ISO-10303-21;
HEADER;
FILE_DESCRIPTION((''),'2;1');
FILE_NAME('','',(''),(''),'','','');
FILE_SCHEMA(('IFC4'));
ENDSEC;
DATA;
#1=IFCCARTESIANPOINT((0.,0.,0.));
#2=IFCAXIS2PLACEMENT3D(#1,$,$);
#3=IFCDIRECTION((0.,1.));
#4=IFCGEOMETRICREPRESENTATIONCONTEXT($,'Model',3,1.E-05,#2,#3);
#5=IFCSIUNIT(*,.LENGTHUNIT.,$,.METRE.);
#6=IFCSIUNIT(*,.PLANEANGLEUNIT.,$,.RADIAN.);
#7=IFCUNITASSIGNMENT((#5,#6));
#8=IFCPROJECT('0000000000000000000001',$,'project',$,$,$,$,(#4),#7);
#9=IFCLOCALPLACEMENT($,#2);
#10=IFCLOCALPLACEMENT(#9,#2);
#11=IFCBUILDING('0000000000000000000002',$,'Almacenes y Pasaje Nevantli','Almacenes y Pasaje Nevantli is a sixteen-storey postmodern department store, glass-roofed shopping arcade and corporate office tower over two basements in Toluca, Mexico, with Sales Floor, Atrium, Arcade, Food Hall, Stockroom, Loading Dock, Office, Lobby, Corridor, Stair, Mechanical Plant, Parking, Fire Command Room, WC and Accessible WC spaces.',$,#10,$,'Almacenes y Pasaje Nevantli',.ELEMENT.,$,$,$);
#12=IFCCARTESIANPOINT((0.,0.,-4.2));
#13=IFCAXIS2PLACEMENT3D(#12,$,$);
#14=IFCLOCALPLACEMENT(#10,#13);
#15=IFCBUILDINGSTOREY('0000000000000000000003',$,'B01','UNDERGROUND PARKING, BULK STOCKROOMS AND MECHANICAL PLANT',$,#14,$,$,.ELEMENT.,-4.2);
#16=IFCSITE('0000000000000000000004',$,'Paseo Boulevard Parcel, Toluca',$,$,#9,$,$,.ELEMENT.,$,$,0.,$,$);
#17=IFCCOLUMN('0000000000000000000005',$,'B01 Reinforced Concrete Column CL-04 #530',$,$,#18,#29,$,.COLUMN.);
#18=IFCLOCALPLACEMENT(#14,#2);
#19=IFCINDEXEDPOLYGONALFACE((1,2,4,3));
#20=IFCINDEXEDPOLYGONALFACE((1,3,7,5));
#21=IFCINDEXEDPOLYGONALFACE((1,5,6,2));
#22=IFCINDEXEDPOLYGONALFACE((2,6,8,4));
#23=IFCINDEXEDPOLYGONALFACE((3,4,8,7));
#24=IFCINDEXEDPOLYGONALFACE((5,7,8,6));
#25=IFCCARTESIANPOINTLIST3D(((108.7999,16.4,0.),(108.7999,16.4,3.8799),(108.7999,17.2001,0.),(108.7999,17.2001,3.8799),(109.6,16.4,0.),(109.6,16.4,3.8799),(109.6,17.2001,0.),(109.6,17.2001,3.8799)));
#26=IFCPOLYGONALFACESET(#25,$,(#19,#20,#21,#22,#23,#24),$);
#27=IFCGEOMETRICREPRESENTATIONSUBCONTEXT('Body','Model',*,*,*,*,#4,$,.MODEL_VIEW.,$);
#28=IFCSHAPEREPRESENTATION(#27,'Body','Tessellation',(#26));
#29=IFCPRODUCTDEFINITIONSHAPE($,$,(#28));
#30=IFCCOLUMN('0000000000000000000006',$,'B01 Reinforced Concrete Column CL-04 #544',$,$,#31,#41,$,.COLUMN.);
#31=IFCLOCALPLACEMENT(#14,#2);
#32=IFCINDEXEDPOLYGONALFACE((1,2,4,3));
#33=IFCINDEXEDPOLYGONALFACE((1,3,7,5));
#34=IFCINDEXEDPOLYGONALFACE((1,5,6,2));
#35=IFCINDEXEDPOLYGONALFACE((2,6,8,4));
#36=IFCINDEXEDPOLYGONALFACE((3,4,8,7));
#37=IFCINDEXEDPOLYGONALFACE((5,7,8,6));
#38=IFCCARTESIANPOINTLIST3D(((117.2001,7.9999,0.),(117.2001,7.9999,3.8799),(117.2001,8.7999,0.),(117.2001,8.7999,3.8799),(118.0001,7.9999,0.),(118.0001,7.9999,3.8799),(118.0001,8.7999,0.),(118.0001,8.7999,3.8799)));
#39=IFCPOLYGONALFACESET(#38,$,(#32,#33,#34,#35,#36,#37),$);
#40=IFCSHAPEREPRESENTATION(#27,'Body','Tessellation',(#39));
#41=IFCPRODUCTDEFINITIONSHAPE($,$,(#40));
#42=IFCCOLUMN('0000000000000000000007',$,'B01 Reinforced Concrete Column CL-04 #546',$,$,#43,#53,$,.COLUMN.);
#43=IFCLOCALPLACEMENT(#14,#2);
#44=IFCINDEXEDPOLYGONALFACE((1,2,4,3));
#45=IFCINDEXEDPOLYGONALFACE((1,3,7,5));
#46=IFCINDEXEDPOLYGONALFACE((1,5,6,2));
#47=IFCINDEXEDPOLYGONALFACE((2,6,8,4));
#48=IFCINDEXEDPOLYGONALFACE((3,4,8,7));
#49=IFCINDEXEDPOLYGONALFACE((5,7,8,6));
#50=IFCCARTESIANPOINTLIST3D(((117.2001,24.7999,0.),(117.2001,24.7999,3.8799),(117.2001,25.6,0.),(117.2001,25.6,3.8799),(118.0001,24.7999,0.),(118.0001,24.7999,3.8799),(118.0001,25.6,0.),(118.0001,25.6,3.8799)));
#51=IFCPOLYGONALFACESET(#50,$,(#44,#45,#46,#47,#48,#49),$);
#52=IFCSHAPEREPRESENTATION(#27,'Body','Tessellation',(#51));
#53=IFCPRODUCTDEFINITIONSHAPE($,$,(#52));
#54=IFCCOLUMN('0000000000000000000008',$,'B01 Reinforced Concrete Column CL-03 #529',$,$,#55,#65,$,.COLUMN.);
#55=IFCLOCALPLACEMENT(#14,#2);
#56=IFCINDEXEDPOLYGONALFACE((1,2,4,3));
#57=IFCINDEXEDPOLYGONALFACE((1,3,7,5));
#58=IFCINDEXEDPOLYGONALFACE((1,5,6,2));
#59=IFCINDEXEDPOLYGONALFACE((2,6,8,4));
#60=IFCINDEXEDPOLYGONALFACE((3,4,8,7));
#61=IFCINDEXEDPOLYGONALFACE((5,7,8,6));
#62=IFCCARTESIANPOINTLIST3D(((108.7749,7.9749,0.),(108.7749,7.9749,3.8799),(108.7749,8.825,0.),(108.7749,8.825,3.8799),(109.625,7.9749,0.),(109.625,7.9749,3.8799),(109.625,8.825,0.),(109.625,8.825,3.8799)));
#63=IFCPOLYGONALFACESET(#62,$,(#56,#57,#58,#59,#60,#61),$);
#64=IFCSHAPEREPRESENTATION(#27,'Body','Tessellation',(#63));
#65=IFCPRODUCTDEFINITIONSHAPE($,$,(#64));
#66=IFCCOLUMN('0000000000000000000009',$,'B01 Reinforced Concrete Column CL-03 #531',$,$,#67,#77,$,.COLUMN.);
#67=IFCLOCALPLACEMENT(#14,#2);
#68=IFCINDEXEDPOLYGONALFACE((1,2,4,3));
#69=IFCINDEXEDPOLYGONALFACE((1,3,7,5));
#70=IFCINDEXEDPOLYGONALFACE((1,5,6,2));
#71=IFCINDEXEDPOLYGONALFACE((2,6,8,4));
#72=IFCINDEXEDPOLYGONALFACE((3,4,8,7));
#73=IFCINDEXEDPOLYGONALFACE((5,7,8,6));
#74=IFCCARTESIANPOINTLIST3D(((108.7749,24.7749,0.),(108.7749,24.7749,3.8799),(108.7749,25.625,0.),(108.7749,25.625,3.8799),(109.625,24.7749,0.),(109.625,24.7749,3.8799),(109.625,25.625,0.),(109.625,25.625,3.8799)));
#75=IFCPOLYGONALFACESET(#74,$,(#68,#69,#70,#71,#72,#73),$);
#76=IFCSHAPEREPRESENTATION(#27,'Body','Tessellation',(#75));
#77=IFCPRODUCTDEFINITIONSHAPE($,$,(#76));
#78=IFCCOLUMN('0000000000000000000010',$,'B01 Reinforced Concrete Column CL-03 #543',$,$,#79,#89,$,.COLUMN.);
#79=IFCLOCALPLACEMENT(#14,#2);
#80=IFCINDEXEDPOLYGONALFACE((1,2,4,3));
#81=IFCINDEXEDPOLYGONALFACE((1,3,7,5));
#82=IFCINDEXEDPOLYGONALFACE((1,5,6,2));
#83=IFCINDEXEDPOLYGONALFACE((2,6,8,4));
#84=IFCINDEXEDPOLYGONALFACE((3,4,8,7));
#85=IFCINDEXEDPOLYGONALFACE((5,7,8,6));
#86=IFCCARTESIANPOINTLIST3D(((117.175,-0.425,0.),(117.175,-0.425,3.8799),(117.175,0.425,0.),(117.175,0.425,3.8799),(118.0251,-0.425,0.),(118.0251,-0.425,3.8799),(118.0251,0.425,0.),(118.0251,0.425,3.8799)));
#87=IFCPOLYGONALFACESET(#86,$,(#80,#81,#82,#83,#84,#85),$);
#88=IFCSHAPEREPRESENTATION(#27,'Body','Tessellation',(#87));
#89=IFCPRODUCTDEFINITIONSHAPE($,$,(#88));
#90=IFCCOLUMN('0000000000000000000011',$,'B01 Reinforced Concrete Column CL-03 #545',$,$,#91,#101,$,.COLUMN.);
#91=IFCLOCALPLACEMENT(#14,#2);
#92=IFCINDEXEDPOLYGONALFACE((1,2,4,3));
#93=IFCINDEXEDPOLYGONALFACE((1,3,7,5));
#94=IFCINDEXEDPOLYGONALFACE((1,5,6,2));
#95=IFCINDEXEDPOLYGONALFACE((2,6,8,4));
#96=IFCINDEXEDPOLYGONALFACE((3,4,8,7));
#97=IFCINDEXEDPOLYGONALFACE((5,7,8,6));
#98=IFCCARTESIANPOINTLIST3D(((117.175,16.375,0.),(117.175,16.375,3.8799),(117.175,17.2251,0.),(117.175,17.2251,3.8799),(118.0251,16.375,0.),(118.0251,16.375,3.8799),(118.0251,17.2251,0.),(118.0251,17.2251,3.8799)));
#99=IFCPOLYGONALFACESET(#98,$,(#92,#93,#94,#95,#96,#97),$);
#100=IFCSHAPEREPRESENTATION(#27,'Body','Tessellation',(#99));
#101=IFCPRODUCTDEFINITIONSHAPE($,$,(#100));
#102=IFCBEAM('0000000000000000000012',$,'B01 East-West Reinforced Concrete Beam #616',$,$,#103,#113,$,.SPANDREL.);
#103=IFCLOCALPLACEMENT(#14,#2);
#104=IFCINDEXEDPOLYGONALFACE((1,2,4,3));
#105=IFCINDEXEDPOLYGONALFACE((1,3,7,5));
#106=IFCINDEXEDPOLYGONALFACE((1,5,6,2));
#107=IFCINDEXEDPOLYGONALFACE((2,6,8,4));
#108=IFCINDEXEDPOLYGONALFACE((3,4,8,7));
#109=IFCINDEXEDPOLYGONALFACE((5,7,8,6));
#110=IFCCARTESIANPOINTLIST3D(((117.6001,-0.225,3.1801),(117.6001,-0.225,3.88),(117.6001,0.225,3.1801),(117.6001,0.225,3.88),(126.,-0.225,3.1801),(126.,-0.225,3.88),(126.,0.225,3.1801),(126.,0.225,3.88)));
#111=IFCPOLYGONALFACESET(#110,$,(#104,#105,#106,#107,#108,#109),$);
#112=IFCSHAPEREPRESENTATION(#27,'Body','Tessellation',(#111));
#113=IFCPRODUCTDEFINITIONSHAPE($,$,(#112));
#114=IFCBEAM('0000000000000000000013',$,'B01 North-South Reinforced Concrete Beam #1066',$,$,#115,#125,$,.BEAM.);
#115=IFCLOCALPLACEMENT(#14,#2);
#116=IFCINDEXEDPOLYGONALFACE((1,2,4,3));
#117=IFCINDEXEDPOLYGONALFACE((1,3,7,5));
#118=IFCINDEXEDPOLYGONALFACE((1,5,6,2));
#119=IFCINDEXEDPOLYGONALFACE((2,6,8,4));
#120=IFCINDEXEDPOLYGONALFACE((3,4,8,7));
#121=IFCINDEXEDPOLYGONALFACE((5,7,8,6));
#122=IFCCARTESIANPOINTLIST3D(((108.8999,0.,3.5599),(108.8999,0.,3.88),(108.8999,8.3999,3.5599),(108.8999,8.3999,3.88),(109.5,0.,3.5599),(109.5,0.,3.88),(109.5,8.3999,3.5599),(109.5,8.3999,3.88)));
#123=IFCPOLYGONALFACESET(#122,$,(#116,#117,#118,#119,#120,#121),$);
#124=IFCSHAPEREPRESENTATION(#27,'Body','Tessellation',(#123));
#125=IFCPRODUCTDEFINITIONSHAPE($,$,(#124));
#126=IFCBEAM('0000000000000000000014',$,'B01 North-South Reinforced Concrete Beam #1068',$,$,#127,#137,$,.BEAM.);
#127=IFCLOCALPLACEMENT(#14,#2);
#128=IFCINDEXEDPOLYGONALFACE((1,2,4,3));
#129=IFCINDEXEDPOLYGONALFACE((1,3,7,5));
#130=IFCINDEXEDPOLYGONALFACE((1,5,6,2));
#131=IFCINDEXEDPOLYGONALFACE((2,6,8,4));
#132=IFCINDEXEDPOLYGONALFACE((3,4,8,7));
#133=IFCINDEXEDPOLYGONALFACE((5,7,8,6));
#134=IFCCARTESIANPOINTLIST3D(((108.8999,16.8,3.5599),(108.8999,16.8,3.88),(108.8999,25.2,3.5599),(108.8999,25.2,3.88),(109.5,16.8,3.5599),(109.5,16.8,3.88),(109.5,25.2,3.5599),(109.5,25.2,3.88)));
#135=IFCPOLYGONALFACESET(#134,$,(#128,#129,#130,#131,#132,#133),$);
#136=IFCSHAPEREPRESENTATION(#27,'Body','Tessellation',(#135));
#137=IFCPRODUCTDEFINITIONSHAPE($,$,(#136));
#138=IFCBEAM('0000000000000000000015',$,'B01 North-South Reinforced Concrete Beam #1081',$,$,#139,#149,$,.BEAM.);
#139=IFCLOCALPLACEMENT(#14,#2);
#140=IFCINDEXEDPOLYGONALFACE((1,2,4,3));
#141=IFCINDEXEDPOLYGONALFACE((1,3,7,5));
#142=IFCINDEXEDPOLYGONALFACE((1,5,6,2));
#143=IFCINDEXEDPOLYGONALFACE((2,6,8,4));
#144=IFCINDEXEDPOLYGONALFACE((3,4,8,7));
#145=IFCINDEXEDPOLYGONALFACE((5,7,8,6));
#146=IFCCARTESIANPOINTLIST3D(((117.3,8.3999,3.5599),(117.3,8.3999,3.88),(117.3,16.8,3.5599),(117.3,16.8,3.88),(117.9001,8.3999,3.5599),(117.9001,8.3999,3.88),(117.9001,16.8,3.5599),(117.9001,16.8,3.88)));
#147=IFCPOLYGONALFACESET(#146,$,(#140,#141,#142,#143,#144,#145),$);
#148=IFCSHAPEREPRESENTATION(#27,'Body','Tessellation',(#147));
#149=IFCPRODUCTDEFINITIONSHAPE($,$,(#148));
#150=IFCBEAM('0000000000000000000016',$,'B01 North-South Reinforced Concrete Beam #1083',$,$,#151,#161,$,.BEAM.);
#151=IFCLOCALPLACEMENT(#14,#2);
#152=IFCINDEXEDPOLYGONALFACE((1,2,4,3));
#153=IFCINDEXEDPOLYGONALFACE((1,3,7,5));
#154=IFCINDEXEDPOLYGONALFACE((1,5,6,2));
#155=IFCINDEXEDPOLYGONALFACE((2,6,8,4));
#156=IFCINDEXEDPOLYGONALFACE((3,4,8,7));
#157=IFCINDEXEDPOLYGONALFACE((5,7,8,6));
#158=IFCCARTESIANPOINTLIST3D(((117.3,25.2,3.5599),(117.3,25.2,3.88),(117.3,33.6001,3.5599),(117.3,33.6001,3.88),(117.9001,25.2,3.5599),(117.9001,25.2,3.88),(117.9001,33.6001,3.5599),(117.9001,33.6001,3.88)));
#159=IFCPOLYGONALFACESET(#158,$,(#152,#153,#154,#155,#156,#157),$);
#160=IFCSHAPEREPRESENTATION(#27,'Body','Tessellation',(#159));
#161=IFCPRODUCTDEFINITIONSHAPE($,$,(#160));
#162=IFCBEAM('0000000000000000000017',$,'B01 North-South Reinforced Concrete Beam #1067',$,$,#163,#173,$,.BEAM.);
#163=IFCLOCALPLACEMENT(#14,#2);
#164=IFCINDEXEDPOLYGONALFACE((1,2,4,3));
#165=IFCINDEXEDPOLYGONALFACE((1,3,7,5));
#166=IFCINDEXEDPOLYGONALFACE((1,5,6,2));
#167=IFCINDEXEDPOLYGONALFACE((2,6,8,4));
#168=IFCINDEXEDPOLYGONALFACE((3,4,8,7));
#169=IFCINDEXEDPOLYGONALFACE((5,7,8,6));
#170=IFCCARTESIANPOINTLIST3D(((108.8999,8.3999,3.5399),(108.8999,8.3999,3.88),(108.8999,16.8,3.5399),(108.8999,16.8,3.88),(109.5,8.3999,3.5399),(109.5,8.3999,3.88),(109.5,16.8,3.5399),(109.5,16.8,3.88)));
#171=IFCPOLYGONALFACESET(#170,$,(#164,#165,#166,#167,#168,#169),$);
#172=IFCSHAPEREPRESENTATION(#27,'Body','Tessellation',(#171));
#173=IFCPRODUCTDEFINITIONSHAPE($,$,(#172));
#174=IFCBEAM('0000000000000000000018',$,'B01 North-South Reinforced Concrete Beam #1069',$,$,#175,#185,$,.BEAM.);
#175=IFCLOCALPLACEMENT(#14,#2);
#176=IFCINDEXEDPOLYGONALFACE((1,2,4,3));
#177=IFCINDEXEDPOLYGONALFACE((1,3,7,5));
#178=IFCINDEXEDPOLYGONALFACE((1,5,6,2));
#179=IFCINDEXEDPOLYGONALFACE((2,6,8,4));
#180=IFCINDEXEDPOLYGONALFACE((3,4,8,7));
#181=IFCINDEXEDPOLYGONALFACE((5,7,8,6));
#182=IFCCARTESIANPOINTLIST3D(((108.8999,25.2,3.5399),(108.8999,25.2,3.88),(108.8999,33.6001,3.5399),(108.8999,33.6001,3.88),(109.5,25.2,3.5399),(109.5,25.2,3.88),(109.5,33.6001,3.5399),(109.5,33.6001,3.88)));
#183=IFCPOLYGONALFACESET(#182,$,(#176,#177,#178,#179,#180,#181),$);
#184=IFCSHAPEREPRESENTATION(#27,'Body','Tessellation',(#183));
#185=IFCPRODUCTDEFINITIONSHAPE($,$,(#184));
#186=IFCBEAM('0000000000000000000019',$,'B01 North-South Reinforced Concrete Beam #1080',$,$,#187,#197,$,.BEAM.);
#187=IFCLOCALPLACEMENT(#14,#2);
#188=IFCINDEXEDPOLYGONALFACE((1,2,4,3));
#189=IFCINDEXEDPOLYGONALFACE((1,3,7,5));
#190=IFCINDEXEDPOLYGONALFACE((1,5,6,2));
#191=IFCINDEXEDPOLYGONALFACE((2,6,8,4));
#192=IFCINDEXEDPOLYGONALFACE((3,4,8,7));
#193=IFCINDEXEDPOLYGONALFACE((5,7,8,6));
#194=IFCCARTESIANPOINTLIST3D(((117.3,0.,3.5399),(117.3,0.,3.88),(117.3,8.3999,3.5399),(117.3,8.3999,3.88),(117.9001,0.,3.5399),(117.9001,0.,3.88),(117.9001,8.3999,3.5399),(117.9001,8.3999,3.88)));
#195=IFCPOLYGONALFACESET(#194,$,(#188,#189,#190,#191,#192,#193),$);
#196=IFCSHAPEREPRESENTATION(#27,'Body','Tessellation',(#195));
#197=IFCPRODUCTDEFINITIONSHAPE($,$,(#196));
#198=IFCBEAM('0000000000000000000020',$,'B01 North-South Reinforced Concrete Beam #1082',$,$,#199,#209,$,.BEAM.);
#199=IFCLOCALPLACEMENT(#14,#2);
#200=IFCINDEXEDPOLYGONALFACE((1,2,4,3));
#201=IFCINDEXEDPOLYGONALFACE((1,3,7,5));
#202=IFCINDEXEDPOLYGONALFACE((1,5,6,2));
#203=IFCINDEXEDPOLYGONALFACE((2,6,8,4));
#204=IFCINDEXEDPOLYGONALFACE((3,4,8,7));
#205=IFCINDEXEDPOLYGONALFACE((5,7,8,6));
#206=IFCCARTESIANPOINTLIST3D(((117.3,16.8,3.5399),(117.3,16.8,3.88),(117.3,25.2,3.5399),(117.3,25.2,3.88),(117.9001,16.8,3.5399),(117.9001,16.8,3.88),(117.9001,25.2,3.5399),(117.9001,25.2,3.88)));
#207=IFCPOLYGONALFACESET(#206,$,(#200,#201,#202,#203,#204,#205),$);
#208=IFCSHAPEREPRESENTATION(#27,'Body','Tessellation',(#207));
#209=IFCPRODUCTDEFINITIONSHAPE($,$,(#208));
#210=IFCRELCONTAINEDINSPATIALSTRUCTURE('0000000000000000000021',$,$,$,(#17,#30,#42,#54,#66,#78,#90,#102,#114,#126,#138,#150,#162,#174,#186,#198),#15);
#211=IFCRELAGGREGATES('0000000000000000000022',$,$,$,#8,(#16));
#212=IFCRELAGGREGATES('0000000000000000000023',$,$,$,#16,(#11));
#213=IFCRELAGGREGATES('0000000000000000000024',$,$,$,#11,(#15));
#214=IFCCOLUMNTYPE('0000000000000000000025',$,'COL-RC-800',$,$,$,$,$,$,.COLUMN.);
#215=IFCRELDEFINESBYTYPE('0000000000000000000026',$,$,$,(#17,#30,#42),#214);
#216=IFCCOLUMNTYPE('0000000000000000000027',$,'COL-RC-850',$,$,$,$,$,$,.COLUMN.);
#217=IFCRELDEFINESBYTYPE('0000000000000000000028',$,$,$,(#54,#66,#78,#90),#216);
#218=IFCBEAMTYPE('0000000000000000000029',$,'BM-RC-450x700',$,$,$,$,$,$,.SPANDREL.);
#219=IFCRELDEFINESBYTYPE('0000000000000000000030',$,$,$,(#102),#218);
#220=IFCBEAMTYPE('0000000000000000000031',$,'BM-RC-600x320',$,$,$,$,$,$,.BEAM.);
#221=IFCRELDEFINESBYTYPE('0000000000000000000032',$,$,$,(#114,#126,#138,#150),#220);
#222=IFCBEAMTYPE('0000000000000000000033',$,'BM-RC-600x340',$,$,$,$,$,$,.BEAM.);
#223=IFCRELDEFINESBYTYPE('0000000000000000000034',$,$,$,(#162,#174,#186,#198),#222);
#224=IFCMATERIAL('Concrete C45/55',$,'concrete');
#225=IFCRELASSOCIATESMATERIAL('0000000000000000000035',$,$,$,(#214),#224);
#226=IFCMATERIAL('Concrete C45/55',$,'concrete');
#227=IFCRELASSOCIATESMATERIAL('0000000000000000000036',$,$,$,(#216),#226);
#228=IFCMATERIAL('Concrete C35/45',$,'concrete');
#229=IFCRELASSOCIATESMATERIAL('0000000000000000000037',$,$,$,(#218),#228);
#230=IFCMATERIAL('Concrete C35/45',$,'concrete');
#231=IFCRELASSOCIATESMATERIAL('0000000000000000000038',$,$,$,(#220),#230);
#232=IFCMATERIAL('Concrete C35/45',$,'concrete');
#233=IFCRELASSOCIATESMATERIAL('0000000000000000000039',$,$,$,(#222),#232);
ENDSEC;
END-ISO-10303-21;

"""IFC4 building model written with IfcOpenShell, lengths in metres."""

from ifc_helpers import new_model, si_unit, direction, frame, origin, origin_2d, place, context, subcontext, project, spatial, rectangle, extrude, material, material_profile, profile_set, type_object, element, save


model = new_model("IFC4")

# Units and contexts
model_context = context("Model", 3, precision=1e-05, world=origin(), true_north=direction((0.0, 1.0)))
body_context = subcontext(model_context, "Body", "Model", "MODEL_VIEW")
ifc_project = project(units=[si_unit("LENGTHUNIT", "METRE"), si_unit("PLANEANGLEUNIT", "RADIAN")], contexts=[model_context])

# Site, building, storey
site_placement = place(None, origin())
site = spatial("IfcSite", under=ifc_project, at=site_placement, Name="Paseo Boulevard Parcel, Toluca", CompositionType="ELEMENT", RefElevation=0.0)
building_placement = place(site_placement, origin())
building = spatial("IfcBuilding", under=site, at=building_placement, Name="Almacenes y Pasaje Nevantli", Description="Almacenes y Pasaje Nevantli is a sixteen-storey postmodern department store, glass-roofed shopping arcade and corporate office tower over two basements in Toluca, Mexico, with Sales Floor, Atrium, Arcade, Food Hall, Stockroom, Loading Dock, Office, Lobby, Corridor, Stair, Mechanical Plant, Parking, Fire Command Room, WC and Accessible WC spaces.", LongName="Almacenes y Pasaje Nevantli", CompositionType="ELEMENT")
storey_placement = place(building_placement, frame((0.0, 0.0, -4.2)))
storey = spatial("IfcBuildingStorey", under=building, at=storey_placement, Name="B01", Description="UNDERGROUND PARKING, BULK STOCKROOMS AND MECHANICAL PLANT", CompositionType="ELEMENT", Elevation=-4.2)

# Columns
ifc_material_1 = material(Name="Concrete C45/55", Category="concrete")
ifc_material_profile_1 = material_profile(ifc_material_1, rectangle(XDim=0.8, YDim=0.8, at=origin_2d()), Name="RC-COL-800x800")
ifc_profile_set_1 = profile_set([ifc_material_profile_1], Name="Concrete C45/55")
column_type_1 = type_object("IfcColumnType", Name="COL-RC-800", PredefinedType="COLUMN", material=ifc_profile_set_1)
for number, where, z_axis, x_axis, name in (
    (1, (109.2, 16.8, 0.0), (0.0, 0.0, 1.0), (1.0, 0.0, 0.0), "B01 Reinforced Concrete Column CL-04 #530"),
    (2, (117.6001, 8.3999, 0.0), (0.0, 0.0, 1.0), (1.0, 0.0, 0.0), "B01 Reinforced Concrete Column CL-04 #544"),
    (3, (117.6001, 25.2, 0.0), (0.0, 0.0, 1.0), (1.0, 0.0, 0.0), "B01 Reinforced Concrete Column CL-04 #546"),
):
    element("IfcColumn", number, at=place(storey_placement, frame(where, z_axis=z_axis, x_axis=x_axis)), inside=storey, type_object=column_type_1, Name=name, PredefinedType="COLUMN", context=body_context, shape_type="SweptSolid", body=[
        extrude(rectangle(XDim=0.8, YDim=0.8, at=origin_2d()), origin(), (0.0, 0.0, 1.0), 3.8799),
    ])
ifc_material_2 = material(Name="Concrete C45/55", Category="concrete")
ifc_material_profile_2 = material_profile(ifc_material_2, rectangle(XDim=0.8501, YDim=0.8501, at=origin_2d()), Name="RC-COL-850x850")
ifc_profile_set_2 = profile_set([ifc_material_profile_2], Name="Concrete C45/55")
column_type_2 = type_object("IfcColumnType", Name="COL-RC-850", PredefinedType="COLUMN", material=ifc_profile_set_2)
for number, where, z_axis, x_axis, name in (
    (4, (109.2, 8.3999, 0.0), (0.0, 0.0, 1.0), (1.0, 0.0, 0.0), "B01 Reinforced Concrete Column CL-03 #529"),
    (5, (109.2, 25.2, 0.0), (0.0, 0.0, 1.0), (1.0, 0.0, 0.0), "B01 Reinforced Concrete Column CL-03 #531"),
    (6, (117.6001, 0.0, 0.0), (0.0, 0.0, 1.0), (1.0, 0.0, 0.0), "B01 Reinforced Concrete Column CL-03 #543"),
    (7, (117.6001, 16.8, 0.0), (0.0, 0.0, 1.0), (1.0, 0.0, 0.0), "B01 Reinforced Concrete Column CL-03 #545"),
):
    element("IfcColumn", number, at=place(storey_placement, frame(where, z_axis=z_axis, x_axis=x_axis)), inside=storey, type_object=column_type_2, Name=name, PredefinedType="COLUMN", context=body_context, shape_type="SweptSolid", body=[
        extrude(rectangle(XDim=0.8501, YDim=0.8501, at=origin_2d()), origin(), (0.0, 0.0, 1.0), 3.8799),
    ])

# Beams
ifc_material_3 = material(Name="Concrete C35/45", Category="concrete")
ifc_material_profile_3 = material_profile(ifc_material_3, rectangle(XDim=0.45, YDim=0.7, at=origin_2d()), Name="RC-BM-450x700")
ifc_profile_set_3 = profile_set([ifc_material_profile_3], Name="Concrete C35/45")
beam_type_1 = type_object("IfcBeamType", Name="BM-RC-450x700", PredefinedType="SPANDREL", material=ifc_profile_set_3)
beam_1_placement = place(storey_placement, frame((117.6001, 0.0, 3.53), z_axis=(1.0, 0.0, 0.0), x_axis=(0.0, 1.0, 0.0)))
element("IfcBeam", 8, at=beam_1_placement, inside=storey, type_object=beam_type_1, Name="B01 East-West Reinforced Concrete Beam #616", PredefinedType="SPANDREL", context=body_context, shape_type="SweptSolid", body=[
    extrude(rectangle(XDim=0.45, YDim=0.7, at=origin_2d()), origin(), (0.0, 0.0, 1.0), 8.3999),
])
ifc_material_4 = material(Name="Concrete C35/45", Category="concrete")
ifc_material_profile_4 = material_profile(ifc_material_4, rectangle(XDim=0.6001, YDim=0.3201, at=origin_2d()), Name="RC-BM-600x320")
ifc_profile_set_4 = profile_set([ifc_material_profile_4], Name="Concrete C35/45")
beam_type_2 = type_object("IfcBeamType", Name="BM-RC-600x320", PredefinedType="BEAM", material=ifc_profile_set_4)
for number, where, z_axis, x_axis, name in (
    (9, (109.2, 0.0, 3.72), (0.0, 1.0, 0.0), (-1.0, 0.0, 0.0), "B01 North-South Reinforced Concrete Beam #1066"),
    (10, (109.2, 16.8, 3.72), (0.0, 1.0, 0.0), (-1.0, 0.0, 0.0), "B01 North-South Reinforced Concrete Beam #1068"),
):
    element("IfcBeam", number, at=place(storey_placement, frame(where, z_axis=z_axis, x_axis=x_axis)), inside=storey, type_object=beam_type_2, Name=name, PredefinedType="BEAM", context=body_context, shape_type="SweptSolid", body=[
        extrude(rectangle(XDim=0.6001, YDim=0.3201, at=origin_2d()), origin(), (0.0, 0.0, 1.0), 8.3999),
    ])
for number, where, z_axis, x_axis, name in (
    (11, (117.6001, 8.3999, 3.72), (0.0, 1.0, 0.0), (-1.0, 0.0, 0.0), "B01 North-South Reinforced Concrete Beam #1081"),
    (12, (117.6001, 25.2, 3.72), (0.0, 1.0, 0.0), (-1.0, 0.0, 0.0), "B01 North-South Reinforced Concrete Beam #1083"),
):
    element("IfcBeam", number, at=place(storey_placement, frame(where, z_axis=z_axis, x_axis=x_axis)), inside=storey, type_object=beam_type_2, Name=name, PredefinedType="BEAM", context=body_context, shape_type="SweptSolid", body=[
        extrude(rectangle(XDim=0.6001, YDim=0.3201, at=origin_2d()), origin(), (0.0, 0.0, 1.0), 8.4001),
    ])
ifc_material_5 = material(Name="Concrete C35/45", Category="concrete")
ifc_material_profile_5 = material_profile(ifc_material_5, rectangle(XDim=0.6001, YDim=0.3401, at=origin_2d()), Name="RC-BM-600x340")
ifc_profile_set_5 = profile_set([ifc_material_profile_5], Name="Concrete C35/45")
beam_type_3 = type_object("IfcBeamType", Name="BM-RC-600x340", PredefinedType="BEAM", material=ifc_profile_set_5)
for number, where, z_axis, x_axis, name in (
    (13, (109.2, 8.3999, 3.71), (0.0, 1.0, 0.0), (-1.0, 0.0, 0.0), "B01 North-South Reinforced Concrete Beam #1067"),
    (14, (109.2, 25.2, 3.71), (0.0, 1.0, 0.0), (-1.0, 0.0, 0.0), "B01 North-South Reinforced Concrete Beam #1069"),
):
    element("IfcBeam", number, at=place(storey_placement, frame(where, z_axis=z_axis, x_axis=x_axis)), inside=storey, type_object=beam_type_3, Name=name, PredefinedType="BEAM", context=body_context, shape_type="SweptSolid", body=[
        extrude(rectangle(XDim=0.6001, YDim=0.3401, at=origin_2d()), origin(), (0.0, 0.0, 1.0), 8.4001),
    ])
for number, where, z_axis, x_axis, name in (
    (15, (117.6001, 0.0, 3.71), (0.0, 1.0, 0.0), (-1.0, 0.0, 0.0), "B01 North-South Reinforced Concrete Beam #1080"),
    (16, (117.6001, 16.8, 3.71), (0.0, 1.0, 0.0), (-1.0, 0.0, 0.0), "B01 North-South Reinforced Concrete Beam #1082"),
):
    element("IfcBeam", number, at=place(storey_placement, frame(where, z_axis=z_axis, x_axis=x_axis)), inside=storey, type_object=beam_type_3, Name=name, PredefinedType="BEAM", context=body_context, shape_type="SweptSolid", body=[
        extrude(rectangle(XDim=0.6001, YDim=0.3401, at=origin_2d()), origin(), (0.0, 0.0, 1.0), 8.3999),
    ])

save(model, "model.ifc")
